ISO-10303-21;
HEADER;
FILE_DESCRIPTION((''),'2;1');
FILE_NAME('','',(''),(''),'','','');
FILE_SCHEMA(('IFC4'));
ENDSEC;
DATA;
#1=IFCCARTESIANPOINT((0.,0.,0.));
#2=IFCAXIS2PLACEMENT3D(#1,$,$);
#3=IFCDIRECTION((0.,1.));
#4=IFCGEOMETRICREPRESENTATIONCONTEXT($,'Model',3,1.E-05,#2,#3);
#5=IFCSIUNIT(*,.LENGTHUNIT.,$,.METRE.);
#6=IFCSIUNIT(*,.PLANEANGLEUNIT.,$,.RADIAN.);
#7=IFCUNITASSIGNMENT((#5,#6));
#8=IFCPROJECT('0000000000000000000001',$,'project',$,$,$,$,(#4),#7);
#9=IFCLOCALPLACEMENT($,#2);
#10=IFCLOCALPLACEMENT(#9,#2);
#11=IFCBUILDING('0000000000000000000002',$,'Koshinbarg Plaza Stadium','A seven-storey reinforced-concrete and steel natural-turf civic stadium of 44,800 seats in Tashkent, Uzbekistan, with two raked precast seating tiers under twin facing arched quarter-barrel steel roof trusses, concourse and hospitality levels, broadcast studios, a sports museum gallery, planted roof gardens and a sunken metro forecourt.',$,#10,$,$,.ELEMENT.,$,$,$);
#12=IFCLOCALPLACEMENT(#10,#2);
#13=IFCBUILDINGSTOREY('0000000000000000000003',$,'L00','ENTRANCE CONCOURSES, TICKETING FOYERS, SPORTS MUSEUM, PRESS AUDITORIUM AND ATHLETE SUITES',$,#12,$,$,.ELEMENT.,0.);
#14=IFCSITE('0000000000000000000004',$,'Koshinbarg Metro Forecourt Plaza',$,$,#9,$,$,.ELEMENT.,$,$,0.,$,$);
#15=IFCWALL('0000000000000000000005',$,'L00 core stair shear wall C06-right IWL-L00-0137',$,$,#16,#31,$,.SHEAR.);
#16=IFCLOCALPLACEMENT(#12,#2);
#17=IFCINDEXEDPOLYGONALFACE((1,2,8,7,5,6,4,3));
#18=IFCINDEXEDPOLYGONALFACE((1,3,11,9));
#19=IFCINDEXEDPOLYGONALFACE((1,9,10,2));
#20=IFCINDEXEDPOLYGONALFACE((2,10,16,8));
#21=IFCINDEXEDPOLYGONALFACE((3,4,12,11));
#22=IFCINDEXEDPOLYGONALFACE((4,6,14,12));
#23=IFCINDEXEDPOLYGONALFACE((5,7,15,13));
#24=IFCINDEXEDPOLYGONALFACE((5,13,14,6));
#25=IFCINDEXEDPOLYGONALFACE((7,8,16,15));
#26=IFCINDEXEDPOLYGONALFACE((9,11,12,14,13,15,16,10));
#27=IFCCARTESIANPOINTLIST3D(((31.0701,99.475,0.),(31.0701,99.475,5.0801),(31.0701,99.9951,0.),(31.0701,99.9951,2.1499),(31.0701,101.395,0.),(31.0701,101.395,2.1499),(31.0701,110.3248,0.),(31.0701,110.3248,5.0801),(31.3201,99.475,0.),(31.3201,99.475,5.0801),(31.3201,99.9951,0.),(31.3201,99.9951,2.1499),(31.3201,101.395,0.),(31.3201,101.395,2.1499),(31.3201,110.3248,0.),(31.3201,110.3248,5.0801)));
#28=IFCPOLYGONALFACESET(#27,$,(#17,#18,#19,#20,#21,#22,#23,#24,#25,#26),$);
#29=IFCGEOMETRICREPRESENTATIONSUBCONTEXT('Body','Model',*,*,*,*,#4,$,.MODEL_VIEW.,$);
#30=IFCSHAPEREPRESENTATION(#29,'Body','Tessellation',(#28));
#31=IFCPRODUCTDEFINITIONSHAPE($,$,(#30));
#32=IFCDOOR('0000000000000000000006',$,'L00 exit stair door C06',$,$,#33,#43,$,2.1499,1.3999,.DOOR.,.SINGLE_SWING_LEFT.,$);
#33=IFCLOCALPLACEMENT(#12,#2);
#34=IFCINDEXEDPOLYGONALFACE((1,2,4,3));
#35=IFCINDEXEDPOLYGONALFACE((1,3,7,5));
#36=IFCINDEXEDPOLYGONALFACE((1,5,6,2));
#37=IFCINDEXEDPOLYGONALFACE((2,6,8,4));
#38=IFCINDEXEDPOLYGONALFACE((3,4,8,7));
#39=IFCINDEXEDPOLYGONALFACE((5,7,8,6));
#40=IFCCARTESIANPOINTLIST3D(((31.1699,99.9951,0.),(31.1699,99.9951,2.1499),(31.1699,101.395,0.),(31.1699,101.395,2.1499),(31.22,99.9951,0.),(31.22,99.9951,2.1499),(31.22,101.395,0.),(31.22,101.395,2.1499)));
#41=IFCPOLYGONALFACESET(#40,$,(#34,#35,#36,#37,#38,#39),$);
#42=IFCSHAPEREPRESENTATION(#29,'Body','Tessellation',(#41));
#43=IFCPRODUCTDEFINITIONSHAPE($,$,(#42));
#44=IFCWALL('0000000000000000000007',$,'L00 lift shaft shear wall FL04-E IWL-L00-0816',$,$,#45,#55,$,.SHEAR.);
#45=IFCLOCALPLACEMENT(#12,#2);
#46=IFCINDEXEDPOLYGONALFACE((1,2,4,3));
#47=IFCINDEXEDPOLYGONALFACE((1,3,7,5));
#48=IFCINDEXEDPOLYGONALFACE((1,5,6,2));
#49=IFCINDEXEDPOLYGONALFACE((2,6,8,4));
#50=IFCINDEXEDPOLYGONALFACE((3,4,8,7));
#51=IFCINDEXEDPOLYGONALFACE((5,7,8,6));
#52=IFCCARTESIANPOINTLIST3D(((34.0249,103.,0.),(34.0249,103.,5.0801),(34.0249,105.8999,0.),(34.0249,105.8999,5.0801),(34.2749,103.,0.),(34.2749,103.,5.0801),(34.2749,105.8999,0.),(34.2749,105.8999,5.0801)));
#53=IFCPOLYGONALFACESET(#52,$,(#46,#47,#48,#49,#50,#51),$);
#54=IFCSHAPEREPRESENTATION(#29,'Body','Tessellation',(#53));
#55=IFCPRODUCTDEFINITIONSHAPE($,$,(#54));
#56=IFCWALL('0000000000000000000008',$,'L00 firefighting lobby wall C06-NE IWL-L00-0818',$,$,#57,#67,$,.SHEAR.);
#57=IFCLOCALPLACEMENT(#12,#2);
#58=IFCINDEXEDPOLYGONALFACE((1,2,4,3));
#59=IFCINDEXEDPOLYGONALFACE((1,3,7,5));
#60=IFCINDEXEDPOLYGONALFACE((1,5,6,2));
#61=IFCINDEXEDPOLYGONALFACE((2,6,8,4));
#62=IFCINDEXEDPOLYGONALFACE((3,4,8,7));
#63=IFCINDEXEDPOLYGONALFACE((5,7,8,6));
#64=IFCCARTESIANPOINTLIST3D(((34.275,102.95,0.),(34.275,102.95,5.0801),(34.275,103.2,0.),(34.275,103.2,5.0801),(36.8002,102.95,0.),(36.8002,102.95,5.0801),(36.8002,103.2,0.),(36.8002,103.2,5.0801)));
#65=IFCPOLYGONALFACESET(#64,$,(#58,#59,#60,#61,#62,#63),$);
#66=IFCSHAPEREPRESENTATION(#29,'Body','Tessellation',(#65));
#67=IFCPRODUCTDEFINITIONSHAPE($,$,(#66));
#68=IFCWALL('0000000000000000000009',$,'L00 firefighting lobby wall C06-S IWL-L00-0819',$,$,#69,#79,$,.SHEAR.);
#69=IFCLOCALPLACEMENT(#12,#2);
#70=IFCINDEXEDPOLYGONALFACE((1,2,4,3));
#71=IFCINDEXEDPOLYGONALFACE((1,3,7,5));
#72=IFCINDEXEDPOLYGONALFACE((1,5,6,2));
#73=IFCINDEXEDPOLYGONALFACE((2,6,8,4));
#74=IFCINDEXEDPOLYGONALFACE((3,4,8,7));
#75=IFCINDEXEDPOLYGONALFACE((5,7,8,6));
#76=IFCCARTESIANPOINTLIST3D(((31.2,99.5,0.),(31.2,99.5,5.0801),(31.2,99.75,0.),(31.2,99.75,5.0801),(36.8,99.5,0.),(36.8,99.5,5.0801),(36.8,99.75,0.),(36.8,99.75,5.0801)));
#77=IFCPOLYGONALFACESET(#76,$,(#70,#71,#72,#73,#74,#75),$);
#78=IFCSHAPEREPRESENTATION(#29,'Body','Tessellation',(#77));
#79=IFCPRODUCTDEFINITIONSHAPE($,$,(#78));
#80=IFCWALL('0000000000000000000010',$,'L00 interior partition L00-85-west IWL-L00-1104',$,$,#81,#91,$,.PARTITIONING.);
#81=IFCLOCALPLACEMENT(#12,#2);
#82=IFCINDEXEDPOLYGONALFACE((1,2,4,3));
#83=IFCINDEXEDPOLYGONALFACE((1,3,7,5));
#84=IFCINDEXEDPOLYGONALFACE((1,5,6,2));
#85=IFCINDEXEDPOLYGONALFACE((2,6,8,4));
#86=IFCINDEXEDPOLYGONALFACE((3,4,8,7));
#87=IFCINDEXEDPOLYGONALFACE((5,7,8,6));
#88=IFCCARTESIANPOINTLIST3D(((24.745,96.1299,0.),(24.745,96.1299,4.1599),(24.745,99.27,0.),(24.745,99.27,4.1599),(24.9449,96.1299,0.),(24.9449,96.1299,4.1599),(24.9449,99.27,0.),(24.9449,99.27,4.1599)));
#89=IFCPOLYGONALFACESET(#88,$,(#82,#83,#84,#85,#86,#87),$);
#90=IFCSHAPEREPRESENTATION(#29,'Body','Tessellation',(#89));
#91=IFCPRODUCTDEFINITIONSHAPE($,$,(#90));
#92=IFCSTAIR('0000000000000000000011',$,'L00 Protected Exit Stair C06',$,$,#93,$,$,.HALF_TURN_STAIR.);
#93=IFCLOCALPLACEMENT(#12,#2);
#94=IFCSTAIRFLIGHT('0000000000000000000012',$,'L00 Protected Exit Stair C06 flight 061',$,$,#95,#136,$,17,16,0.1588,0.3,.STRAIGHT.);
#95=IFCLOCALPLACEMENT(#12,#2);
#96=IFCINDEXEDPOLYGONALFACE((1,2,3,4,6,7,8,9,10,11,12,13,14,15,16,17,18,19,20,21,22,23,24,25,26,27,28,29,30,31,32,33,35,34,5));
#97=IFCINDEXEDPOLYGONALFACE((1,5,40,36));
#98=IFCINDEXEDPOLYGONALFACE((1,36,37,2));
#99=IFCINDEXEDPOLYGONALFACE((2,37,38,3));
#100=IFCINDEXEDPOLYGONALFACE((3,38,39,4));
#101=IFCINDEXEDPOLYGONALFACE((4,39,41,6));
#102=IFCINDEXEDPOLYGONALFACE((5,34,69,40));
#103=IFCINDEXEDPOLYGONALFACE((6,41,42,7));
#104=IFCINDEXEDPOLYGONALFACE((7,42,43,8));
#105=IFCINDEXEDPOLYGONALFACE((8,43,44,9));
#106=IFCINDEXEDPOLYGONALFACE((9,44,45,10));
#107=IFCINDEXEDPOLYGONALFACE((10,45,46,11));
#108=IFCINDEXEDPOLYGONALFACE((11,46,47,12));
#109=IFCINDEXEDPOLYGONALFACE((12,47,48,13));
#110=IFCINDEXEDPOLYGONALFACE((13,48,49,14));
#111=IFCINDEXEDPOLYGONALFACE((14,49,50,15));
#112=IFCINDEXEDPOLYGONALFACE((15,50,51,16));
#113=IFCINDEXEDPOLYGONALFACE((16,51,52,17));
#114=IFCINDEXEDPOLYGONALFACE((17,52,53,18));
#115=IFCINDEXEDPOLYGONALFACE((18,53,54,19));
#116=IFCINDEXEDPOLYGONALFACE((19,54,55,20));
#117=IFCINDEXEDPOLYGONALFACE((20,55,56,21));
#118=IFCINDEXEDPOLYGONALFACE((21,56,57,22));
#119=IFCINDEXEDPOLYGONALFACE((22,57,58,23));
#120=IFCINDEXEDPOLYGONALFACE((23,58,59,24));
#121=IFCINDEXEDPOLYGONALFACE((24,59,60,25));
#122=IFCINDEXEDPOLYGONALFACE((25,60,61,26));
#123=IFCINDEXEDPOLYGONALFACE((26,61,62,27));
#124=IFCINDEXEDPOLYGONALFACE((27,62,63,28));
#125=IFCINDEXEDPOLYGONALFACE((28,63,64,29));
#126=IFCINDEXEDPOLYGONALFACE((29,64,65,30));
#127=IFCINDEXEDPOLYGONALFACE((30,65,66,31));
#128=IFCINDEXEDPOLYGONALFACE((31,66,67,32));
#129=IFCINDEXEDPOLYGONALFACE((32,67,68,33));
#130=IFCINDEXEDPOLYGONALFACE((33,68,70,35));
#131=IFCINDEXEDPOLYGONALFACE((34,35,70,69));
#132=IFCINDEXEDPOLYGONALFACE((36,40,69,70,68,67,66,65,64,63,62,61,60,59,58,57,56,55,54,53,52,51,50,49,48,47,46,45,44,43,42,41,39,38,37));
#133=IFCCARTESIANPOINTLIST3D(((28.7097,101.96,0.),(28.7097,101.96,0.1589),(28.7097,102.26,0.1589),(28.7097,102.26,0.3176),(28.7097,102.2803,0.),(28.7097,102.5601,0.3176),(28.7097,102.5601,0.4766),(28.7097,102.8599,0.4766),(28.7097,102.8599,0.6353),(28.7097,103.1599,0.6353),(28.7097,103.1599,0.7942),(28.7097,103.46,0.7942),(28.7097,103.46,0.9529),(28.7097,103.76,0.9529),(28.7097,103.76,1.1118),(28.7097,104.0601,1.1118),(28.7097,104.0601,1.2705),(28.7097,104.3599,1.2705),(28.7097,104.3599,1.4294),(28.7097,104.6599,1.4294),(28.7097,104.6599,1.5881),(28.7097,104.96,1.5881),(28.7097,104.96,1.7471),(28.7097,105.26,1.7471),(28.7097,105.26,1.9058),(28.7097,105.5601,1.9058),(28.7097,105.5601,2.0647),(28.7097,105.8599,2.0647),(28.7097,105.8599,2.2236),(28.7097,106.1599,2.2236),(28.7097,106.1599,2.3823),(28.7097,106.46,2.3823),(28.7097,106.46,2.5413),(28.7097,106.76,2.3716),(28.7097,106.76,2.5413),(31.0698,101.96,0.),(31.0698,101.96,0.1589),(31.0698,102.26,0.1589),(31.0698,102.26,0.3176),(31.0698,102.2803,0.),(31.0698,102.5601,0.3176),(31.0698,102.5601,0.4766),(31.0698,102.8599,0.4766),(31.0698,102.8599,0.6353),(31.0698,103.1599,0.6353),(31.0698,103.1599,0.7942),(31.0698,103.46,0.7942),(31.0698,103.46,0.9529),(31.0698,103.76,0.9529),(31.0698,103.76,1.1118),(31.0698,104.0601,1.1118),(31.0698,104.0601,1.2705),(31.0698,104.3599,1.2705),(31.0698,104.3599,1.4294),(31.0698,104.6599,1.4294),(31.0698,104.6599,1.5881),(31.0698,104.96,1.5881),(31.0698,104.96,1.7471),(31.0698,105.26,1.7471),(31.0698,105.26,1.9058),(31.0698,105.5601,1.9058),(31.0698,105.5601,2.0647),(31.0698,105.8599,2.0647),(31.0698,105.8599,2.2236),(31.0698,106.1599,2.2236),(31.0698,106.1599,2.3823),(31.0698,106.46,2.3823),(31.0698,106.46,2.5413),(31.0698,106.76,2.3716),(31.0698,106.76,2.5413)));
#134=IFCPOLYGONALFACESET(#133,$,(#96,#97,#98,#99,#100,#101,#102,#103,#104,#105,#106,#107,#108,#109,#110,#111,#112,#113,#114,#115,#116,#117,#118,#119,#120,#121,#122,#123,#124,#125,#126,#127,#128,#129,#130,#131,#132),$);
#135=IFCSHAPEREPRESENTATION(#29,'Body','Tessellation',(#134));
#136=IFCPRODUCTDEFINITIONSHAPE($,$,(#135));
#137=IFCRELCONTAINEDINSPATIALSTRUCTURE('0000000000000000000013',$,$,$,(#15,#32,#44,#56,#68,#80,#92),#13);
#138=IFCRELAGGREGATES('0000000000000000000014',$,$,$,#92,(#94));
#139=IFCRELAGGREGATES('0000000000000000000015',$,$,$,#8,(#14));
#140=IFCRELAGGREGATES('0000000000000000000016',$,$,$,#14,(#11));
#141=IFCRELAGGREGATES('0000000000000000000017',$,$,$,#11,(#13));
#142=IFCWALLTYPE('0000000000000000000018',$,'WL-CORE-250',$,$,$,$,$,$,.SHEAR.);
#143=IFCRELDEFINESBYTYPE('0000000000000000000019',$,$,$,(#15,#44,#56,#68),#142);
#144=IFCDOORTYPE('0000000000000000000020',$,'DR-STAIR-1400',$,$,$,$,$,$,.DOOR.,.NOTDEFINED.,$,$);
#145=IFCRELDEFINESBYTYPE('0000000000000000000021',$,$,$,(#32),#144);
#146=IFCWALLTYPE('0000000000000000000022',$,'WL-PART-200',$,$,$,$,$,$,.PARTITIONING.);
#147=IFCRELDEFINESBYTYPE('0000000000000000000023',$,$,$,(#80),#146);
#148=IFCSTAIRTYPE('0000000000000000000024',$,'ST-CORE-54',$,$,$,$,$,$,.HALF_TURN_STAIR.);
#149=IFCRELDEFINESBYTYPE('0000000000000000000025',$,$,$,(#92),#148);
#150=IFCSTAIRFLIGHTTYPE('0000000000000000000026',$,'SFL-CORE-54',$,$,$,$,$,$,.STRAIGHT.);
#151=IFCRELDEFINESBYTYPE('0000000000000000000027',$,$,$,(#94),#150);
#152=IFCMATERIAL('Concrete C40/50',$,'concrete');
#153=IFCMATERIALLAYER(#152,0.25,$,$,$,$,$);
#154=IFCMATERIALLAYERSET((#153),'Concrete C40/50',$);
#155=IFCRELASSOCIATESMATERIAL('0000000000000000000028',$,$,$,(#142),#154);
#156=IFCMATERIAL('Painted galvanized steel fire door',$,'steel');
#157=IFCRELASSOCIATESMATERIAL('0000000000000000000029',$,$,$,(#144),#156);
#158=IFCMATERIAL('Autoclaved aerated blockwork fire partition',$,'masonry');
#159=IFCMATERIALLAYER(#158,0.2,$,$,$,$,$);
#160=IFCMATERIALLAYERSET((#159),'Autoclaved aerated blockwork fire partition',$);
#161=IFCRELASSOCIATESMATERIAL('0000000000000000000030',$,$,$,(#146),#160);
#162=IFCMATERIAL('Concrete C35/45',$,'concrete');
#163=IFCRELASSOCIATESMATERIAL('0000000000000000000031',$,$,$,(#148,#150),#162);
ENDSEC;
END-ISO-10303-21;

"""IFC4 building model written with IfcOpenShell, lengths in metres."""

from ifc_helpers import new_model, si_unit, direction, frame, frame_2d, origin, place, context, subcontext, project, spatial, polyline, rectangle, outline, extrude, material, layer, layer_set, type_object, element, fill, aggregate, save


model = new_model("IFC4")

# Units and contexts
model_context = context("Model", 3, precision=1e-05, world=origin(), true_north=direction((0.0, 1.0)))
body_context = subcontext(model_context, "Body", "Model", "MODEL_VIEW")
ifc_project = project(units=[si_unit("LENGTHUNIT", "METRE"), si_unit("PLANEANGLEUNIT", "RADIAN")], contexts=[model_context])

# Site, building, storey
site_placement = place(None, origin())
site = spatial("IfcSite", under=ifc_project, at=site_placement, Name="Koshinbarg Metro Forecourt Plaza", CompositionType="ELEMENT", RefElevation=0.0)
building_placement = place(site_placement, origin())
building = spatial("IfcBuilding", under=site, at=building_placement, Name="Koshinbarg Plaza Stadium", Description="A seven-storey reinforced-concrete and steel natural-turf civic stadium of 44,800 seats in Tashkent, Uzbekistan, with two raked precast seating tiers under twin facing arched quarter-barrel steel roof trusses, concourse and hospitality levels, broadcast studios, a sports museum gallery, planted roof gardens and a sunken metro forecourt.", CompositionType="ELEMENT")
storey_placement = place(building_placement, origin())
storey = spatial("IfcBuildingStorey", under=building, at=storey_placement, Name="L00", Description="ENTRANCE CONCOURSES, TICKETING FOYERS, SPORTS MUSEUM, PRESS AUDITORIUM AND ATHLETE SUITES", CompositionType="ELEMENT", Elevation=0.0)

# Shared definitions
ifc_material_1 = material(Name="Concrete C35/45", Category="concrete")

# Shared definitions
ifc_material_2 = material(Name="Concrete C40/50", Category="concrete")

# Shared definitions
ifc_layer_1 = layer(ifc_material_2, 0.25)
ifc_layer_set_1 = layer_set([ifc_layer_1], Name="Concrete C40/50")
wall_type_1 = type_object("IfcWallType", Name="WL-CORE-250", PredefinedType="SHEAR", material=ifc_layer_set_1)

# Wall, opening, door
wall_1_placement = place(storey_placement, frame((31.1951, 99.4751, 0.0), z_axis=(0.0, 0.0, 1.0), x_axis=(0.0, 1.0, 0.0)))
wall_1 = element("IfcWall", 1, at=wall_1_placement, inside=storey, type_object=wall_type_1, Name="L00 core stair shear wall C06-right IWL-L00-0137", PredefinedType="SHEAR", context=body_context, shape_type="SweptSolid", body=[
    extrude(rectangle(XDim=10.8499, YDim=0.25, at=frame_2d((5.4248, 0.0))), origin(), (0.0, 0.0, 1.0), 5.0801),
])
opening_1_placement = place(wall_1_placement, frame((0.52, 0.0, 0.0)))
opening_1 = element("IfcOpeningElement", 2, at=opening_1_placement, cuts=wall_1, PredefinedType="OPENING", context=body_context, shape_type="SweptSolid", body=[
    extrude(rectangle(XDim=1.3999, YDim=2.1499, at=frame_2d((0.7, 1.075))), frame((0.0, 0.135, 0.0), z_axis=(0.0, -1.0, 0.0), x_axis=(1.0, 0.0, 0.0)), (0.0, 0.0, 1.0), 0.27),
])
ifc_material_3 = material(Name="Painted galvanized steel fire door", Category="steel")
door_type_1 = type_object("IfcDoorType", Name="DR-STAIR-1400", OperationType="NOTDEFINED", PredefinedType="DOOR", material=ifc_material_3)
door_1_placement = place(opening_1_placement, frame((1.3999, 0.0, 0.0), z_axis=(0.0, 0.0, 1.0), x_axis=(-1.0, 0.0, 0.0)))
door_1 = element("IfcDoor", 3, at=door_1_placement, inside=storey, type_object=door_type_1, Name="L00 exit stair door C06", OperationType="SINGLE_SWING_LEFT", OverallHeight=2.1499, OverallWidth=1.3999, PredefinedType="DOOR", context=body_context, shape_type="SweptSolid", body=[
    extrude(rectangle(XDim=1.3999, YDim=2.1499, at=frame_2d((0.7, 1.075))), frame((0.0, 0.0249, 0.0), z_axis=(0.0, -1.0, 0.0), x_axis=(1.0, 0.0, 0.0)), (0.0, 0.0, 1.0), 0.05),
])
fill(opening_1, door_1)

# Walls
wall_2_placement = place(storey_placement, frame((34.1499, 103.0, 0.0), z_axis=(0.0, 0.0, 1.0), x_axis=(0.0, 1.0, 0.0)))
element("IfcWall", 4, at=wall_2_placement, inside=storey, type_object=wall_type_1, Name="L00 lift shaft shear wall FL04-E IWL-L00-0816", PredefinedType="SHEAR", context=body_context, shape_type="SweptSolid", body=[
    extrude(rectangle(XDim=2.8999, YDim=0.25, at=frame_2d((1.45, 0.0))), origin(), (0.0, 0.0, 1.0), 5.0801),
])
wall_3_placement = place(storey_placement, frame((34.2749, 103.075, 0.0), z_axis=(0.0, 0.0, 1.0), x_axis=(1.0, 0.0, 0.0)))
element("IfcWall", 5, at=wall_3_placement, inside=storey, type_object=wall_type_1, Name="L00 firefighting lobby wall C06-NE IWL-L00-0818", PredefinedType="SHEAR", context=body_context, shape_type="SweptSolid", body=[
    extrude(rectangle(XDim=2.5251, YDim=0.25, at=frame_2d((1.2627, 0.0))), origin(), (0.0, 0.0, 1.0), 5.0801),
])
wall_4_placement = place(storey_placement, frame((31.2, 99.625, 0.0), z_axis=(0.0, 0.0, 1.0), x_axis=(1.0, 0.0, 0.0)))
element("IfcWall", 6, at=wall_4_placement, inside=storey, type_object=wall_type_1, Name="L00 firefighting lobby wall C06-S IWL-L00-0819", PredefinedType="SHEAR", context=body_context, shape_type="SweptSolid", body=[
    extrude(rectangle(XDim=5.6001, YDim=0.25, at=frame_2d((2.8, 0.0))), origin(), (0.0, 0.0, 1.0), 5.0801),
])
ifc_material_4 = material(Name="Autoclaved aerated blockwork fire partition", Category="masonry")
ifc_layer_2 = layer(ifc_material_4, 0.2)
ifc_layer_set_2 = layer_set([ifc_layer_2], Name="Autoclaved aerated blockwork fire partition")
wall_type_2 = type_object("IfcWallType", Name="WL-PART-200", PredefinedType="PARTITIONING", material=ifc_layer_set_2)
wall_5_placement = place(storey_placement, frame((24.845, 99.27, 0.0), z_axis=(0.0, 0.0, 1.0), x_axis=(0.0, -1.0, 0.0)))
element("IfcWall", 7, at=wall_5_placement, inside=storey, type_object=wall_type_2, Name="L00 interior partition L00-85-west IWL-L00-1104", PredefinedType="PARTITIONING", context=body_context, shape_type="SweptSolid", body=[
    extrude(rectangle(XDim=3.1401, YDim=0.2, at=frame_2d((1.5701, 0.0))), origin(), (0.0, 0.0, 1.0), 4.1599),
])

# Stair, stair flight
stair_type = type_object("IfcStairType", Name="ST-CORE-54", PredefinedType="HALF_TURN_STAIR", material=ifc_material_1)
stair_placement = place(storey_placement, origin())
stair = element("IfcStair", 8, at=stair_placement, inside=storey, type_object=stair_type, Name="L00 Protected Exit Stair C06", PredefinedType="HALF_TURN_STAIR")
stair_flight_type = type_object("IfcStairFlightType", Name="SFL-CORE-54", PredefinedType="STRAIGHT", material=ifc_material_1)
stair_flight_placement = place(storey_placement, frame((29.8899, 101.96, 0.0), z_axis=(0.0, 0.0, 1.0), x_axis=(0.0, 1.0, 0.0)))
stair_flight = element("IfcStairFlight", 9, at=stair_flight_placement, type_object=stair_flight_type, Name="L00 Protected Exit Stair C06 flight 061", NumberOfRisers=17, NumberOfTreads=16, PredefinedType="STRAIGHT", RiserHeight=0.1588, TreadLength=0.3, context=body_context, shape_type="SweptSolid", body=[
    extrude(outline(polyline([(0.0, 0.0), (0.0, 0.1589), (0.3, 0.1589), (0.3, 0.3176), (0.6001, 0.3176), (0.6001, 0.4766), (0.8999, 0.4766), (0.8999, 0.6353), (1.2, 0.6353), (1.2, 0.7942), (1.5, 0.7942), (1.5, 0.9529), (1.8, 0.9529), (1.8, 1.1118), (2.1001, 1.1118), (2.1001, 1.2705), (2.3999, 1.2705), (2.3999, 1.4294), (2.7, 1.4294), (2.7, 1.5881), (3.0, 1.5881), (3.0, 1.7471), (3.3, 1.7471), (3.3, 1.9058), (3.6001, 1.9058), (3.6001, 2.0647), (3.8999, 2.0647), (3.8999, 2.2236), (4.2, 2.2236), (4.2, 2.3823), (4.5, 2.3823), (4.5, 2.5413), (4.8, 2.5413), (4.8, 2.7), (4.8, 2.3716), (0.3203, 0.0), (0.0, 0.0)])), frame((0.0, 1.1802, 0.0), z_axis=(0.0, -1.0, 0.0), x_axis=(1.0, 0.0, 0.0)), (0.0, 0.0, 1.0), 2.3601),
])
aggregate(stair, [stair_flight])

save(model, "model.ifc")
